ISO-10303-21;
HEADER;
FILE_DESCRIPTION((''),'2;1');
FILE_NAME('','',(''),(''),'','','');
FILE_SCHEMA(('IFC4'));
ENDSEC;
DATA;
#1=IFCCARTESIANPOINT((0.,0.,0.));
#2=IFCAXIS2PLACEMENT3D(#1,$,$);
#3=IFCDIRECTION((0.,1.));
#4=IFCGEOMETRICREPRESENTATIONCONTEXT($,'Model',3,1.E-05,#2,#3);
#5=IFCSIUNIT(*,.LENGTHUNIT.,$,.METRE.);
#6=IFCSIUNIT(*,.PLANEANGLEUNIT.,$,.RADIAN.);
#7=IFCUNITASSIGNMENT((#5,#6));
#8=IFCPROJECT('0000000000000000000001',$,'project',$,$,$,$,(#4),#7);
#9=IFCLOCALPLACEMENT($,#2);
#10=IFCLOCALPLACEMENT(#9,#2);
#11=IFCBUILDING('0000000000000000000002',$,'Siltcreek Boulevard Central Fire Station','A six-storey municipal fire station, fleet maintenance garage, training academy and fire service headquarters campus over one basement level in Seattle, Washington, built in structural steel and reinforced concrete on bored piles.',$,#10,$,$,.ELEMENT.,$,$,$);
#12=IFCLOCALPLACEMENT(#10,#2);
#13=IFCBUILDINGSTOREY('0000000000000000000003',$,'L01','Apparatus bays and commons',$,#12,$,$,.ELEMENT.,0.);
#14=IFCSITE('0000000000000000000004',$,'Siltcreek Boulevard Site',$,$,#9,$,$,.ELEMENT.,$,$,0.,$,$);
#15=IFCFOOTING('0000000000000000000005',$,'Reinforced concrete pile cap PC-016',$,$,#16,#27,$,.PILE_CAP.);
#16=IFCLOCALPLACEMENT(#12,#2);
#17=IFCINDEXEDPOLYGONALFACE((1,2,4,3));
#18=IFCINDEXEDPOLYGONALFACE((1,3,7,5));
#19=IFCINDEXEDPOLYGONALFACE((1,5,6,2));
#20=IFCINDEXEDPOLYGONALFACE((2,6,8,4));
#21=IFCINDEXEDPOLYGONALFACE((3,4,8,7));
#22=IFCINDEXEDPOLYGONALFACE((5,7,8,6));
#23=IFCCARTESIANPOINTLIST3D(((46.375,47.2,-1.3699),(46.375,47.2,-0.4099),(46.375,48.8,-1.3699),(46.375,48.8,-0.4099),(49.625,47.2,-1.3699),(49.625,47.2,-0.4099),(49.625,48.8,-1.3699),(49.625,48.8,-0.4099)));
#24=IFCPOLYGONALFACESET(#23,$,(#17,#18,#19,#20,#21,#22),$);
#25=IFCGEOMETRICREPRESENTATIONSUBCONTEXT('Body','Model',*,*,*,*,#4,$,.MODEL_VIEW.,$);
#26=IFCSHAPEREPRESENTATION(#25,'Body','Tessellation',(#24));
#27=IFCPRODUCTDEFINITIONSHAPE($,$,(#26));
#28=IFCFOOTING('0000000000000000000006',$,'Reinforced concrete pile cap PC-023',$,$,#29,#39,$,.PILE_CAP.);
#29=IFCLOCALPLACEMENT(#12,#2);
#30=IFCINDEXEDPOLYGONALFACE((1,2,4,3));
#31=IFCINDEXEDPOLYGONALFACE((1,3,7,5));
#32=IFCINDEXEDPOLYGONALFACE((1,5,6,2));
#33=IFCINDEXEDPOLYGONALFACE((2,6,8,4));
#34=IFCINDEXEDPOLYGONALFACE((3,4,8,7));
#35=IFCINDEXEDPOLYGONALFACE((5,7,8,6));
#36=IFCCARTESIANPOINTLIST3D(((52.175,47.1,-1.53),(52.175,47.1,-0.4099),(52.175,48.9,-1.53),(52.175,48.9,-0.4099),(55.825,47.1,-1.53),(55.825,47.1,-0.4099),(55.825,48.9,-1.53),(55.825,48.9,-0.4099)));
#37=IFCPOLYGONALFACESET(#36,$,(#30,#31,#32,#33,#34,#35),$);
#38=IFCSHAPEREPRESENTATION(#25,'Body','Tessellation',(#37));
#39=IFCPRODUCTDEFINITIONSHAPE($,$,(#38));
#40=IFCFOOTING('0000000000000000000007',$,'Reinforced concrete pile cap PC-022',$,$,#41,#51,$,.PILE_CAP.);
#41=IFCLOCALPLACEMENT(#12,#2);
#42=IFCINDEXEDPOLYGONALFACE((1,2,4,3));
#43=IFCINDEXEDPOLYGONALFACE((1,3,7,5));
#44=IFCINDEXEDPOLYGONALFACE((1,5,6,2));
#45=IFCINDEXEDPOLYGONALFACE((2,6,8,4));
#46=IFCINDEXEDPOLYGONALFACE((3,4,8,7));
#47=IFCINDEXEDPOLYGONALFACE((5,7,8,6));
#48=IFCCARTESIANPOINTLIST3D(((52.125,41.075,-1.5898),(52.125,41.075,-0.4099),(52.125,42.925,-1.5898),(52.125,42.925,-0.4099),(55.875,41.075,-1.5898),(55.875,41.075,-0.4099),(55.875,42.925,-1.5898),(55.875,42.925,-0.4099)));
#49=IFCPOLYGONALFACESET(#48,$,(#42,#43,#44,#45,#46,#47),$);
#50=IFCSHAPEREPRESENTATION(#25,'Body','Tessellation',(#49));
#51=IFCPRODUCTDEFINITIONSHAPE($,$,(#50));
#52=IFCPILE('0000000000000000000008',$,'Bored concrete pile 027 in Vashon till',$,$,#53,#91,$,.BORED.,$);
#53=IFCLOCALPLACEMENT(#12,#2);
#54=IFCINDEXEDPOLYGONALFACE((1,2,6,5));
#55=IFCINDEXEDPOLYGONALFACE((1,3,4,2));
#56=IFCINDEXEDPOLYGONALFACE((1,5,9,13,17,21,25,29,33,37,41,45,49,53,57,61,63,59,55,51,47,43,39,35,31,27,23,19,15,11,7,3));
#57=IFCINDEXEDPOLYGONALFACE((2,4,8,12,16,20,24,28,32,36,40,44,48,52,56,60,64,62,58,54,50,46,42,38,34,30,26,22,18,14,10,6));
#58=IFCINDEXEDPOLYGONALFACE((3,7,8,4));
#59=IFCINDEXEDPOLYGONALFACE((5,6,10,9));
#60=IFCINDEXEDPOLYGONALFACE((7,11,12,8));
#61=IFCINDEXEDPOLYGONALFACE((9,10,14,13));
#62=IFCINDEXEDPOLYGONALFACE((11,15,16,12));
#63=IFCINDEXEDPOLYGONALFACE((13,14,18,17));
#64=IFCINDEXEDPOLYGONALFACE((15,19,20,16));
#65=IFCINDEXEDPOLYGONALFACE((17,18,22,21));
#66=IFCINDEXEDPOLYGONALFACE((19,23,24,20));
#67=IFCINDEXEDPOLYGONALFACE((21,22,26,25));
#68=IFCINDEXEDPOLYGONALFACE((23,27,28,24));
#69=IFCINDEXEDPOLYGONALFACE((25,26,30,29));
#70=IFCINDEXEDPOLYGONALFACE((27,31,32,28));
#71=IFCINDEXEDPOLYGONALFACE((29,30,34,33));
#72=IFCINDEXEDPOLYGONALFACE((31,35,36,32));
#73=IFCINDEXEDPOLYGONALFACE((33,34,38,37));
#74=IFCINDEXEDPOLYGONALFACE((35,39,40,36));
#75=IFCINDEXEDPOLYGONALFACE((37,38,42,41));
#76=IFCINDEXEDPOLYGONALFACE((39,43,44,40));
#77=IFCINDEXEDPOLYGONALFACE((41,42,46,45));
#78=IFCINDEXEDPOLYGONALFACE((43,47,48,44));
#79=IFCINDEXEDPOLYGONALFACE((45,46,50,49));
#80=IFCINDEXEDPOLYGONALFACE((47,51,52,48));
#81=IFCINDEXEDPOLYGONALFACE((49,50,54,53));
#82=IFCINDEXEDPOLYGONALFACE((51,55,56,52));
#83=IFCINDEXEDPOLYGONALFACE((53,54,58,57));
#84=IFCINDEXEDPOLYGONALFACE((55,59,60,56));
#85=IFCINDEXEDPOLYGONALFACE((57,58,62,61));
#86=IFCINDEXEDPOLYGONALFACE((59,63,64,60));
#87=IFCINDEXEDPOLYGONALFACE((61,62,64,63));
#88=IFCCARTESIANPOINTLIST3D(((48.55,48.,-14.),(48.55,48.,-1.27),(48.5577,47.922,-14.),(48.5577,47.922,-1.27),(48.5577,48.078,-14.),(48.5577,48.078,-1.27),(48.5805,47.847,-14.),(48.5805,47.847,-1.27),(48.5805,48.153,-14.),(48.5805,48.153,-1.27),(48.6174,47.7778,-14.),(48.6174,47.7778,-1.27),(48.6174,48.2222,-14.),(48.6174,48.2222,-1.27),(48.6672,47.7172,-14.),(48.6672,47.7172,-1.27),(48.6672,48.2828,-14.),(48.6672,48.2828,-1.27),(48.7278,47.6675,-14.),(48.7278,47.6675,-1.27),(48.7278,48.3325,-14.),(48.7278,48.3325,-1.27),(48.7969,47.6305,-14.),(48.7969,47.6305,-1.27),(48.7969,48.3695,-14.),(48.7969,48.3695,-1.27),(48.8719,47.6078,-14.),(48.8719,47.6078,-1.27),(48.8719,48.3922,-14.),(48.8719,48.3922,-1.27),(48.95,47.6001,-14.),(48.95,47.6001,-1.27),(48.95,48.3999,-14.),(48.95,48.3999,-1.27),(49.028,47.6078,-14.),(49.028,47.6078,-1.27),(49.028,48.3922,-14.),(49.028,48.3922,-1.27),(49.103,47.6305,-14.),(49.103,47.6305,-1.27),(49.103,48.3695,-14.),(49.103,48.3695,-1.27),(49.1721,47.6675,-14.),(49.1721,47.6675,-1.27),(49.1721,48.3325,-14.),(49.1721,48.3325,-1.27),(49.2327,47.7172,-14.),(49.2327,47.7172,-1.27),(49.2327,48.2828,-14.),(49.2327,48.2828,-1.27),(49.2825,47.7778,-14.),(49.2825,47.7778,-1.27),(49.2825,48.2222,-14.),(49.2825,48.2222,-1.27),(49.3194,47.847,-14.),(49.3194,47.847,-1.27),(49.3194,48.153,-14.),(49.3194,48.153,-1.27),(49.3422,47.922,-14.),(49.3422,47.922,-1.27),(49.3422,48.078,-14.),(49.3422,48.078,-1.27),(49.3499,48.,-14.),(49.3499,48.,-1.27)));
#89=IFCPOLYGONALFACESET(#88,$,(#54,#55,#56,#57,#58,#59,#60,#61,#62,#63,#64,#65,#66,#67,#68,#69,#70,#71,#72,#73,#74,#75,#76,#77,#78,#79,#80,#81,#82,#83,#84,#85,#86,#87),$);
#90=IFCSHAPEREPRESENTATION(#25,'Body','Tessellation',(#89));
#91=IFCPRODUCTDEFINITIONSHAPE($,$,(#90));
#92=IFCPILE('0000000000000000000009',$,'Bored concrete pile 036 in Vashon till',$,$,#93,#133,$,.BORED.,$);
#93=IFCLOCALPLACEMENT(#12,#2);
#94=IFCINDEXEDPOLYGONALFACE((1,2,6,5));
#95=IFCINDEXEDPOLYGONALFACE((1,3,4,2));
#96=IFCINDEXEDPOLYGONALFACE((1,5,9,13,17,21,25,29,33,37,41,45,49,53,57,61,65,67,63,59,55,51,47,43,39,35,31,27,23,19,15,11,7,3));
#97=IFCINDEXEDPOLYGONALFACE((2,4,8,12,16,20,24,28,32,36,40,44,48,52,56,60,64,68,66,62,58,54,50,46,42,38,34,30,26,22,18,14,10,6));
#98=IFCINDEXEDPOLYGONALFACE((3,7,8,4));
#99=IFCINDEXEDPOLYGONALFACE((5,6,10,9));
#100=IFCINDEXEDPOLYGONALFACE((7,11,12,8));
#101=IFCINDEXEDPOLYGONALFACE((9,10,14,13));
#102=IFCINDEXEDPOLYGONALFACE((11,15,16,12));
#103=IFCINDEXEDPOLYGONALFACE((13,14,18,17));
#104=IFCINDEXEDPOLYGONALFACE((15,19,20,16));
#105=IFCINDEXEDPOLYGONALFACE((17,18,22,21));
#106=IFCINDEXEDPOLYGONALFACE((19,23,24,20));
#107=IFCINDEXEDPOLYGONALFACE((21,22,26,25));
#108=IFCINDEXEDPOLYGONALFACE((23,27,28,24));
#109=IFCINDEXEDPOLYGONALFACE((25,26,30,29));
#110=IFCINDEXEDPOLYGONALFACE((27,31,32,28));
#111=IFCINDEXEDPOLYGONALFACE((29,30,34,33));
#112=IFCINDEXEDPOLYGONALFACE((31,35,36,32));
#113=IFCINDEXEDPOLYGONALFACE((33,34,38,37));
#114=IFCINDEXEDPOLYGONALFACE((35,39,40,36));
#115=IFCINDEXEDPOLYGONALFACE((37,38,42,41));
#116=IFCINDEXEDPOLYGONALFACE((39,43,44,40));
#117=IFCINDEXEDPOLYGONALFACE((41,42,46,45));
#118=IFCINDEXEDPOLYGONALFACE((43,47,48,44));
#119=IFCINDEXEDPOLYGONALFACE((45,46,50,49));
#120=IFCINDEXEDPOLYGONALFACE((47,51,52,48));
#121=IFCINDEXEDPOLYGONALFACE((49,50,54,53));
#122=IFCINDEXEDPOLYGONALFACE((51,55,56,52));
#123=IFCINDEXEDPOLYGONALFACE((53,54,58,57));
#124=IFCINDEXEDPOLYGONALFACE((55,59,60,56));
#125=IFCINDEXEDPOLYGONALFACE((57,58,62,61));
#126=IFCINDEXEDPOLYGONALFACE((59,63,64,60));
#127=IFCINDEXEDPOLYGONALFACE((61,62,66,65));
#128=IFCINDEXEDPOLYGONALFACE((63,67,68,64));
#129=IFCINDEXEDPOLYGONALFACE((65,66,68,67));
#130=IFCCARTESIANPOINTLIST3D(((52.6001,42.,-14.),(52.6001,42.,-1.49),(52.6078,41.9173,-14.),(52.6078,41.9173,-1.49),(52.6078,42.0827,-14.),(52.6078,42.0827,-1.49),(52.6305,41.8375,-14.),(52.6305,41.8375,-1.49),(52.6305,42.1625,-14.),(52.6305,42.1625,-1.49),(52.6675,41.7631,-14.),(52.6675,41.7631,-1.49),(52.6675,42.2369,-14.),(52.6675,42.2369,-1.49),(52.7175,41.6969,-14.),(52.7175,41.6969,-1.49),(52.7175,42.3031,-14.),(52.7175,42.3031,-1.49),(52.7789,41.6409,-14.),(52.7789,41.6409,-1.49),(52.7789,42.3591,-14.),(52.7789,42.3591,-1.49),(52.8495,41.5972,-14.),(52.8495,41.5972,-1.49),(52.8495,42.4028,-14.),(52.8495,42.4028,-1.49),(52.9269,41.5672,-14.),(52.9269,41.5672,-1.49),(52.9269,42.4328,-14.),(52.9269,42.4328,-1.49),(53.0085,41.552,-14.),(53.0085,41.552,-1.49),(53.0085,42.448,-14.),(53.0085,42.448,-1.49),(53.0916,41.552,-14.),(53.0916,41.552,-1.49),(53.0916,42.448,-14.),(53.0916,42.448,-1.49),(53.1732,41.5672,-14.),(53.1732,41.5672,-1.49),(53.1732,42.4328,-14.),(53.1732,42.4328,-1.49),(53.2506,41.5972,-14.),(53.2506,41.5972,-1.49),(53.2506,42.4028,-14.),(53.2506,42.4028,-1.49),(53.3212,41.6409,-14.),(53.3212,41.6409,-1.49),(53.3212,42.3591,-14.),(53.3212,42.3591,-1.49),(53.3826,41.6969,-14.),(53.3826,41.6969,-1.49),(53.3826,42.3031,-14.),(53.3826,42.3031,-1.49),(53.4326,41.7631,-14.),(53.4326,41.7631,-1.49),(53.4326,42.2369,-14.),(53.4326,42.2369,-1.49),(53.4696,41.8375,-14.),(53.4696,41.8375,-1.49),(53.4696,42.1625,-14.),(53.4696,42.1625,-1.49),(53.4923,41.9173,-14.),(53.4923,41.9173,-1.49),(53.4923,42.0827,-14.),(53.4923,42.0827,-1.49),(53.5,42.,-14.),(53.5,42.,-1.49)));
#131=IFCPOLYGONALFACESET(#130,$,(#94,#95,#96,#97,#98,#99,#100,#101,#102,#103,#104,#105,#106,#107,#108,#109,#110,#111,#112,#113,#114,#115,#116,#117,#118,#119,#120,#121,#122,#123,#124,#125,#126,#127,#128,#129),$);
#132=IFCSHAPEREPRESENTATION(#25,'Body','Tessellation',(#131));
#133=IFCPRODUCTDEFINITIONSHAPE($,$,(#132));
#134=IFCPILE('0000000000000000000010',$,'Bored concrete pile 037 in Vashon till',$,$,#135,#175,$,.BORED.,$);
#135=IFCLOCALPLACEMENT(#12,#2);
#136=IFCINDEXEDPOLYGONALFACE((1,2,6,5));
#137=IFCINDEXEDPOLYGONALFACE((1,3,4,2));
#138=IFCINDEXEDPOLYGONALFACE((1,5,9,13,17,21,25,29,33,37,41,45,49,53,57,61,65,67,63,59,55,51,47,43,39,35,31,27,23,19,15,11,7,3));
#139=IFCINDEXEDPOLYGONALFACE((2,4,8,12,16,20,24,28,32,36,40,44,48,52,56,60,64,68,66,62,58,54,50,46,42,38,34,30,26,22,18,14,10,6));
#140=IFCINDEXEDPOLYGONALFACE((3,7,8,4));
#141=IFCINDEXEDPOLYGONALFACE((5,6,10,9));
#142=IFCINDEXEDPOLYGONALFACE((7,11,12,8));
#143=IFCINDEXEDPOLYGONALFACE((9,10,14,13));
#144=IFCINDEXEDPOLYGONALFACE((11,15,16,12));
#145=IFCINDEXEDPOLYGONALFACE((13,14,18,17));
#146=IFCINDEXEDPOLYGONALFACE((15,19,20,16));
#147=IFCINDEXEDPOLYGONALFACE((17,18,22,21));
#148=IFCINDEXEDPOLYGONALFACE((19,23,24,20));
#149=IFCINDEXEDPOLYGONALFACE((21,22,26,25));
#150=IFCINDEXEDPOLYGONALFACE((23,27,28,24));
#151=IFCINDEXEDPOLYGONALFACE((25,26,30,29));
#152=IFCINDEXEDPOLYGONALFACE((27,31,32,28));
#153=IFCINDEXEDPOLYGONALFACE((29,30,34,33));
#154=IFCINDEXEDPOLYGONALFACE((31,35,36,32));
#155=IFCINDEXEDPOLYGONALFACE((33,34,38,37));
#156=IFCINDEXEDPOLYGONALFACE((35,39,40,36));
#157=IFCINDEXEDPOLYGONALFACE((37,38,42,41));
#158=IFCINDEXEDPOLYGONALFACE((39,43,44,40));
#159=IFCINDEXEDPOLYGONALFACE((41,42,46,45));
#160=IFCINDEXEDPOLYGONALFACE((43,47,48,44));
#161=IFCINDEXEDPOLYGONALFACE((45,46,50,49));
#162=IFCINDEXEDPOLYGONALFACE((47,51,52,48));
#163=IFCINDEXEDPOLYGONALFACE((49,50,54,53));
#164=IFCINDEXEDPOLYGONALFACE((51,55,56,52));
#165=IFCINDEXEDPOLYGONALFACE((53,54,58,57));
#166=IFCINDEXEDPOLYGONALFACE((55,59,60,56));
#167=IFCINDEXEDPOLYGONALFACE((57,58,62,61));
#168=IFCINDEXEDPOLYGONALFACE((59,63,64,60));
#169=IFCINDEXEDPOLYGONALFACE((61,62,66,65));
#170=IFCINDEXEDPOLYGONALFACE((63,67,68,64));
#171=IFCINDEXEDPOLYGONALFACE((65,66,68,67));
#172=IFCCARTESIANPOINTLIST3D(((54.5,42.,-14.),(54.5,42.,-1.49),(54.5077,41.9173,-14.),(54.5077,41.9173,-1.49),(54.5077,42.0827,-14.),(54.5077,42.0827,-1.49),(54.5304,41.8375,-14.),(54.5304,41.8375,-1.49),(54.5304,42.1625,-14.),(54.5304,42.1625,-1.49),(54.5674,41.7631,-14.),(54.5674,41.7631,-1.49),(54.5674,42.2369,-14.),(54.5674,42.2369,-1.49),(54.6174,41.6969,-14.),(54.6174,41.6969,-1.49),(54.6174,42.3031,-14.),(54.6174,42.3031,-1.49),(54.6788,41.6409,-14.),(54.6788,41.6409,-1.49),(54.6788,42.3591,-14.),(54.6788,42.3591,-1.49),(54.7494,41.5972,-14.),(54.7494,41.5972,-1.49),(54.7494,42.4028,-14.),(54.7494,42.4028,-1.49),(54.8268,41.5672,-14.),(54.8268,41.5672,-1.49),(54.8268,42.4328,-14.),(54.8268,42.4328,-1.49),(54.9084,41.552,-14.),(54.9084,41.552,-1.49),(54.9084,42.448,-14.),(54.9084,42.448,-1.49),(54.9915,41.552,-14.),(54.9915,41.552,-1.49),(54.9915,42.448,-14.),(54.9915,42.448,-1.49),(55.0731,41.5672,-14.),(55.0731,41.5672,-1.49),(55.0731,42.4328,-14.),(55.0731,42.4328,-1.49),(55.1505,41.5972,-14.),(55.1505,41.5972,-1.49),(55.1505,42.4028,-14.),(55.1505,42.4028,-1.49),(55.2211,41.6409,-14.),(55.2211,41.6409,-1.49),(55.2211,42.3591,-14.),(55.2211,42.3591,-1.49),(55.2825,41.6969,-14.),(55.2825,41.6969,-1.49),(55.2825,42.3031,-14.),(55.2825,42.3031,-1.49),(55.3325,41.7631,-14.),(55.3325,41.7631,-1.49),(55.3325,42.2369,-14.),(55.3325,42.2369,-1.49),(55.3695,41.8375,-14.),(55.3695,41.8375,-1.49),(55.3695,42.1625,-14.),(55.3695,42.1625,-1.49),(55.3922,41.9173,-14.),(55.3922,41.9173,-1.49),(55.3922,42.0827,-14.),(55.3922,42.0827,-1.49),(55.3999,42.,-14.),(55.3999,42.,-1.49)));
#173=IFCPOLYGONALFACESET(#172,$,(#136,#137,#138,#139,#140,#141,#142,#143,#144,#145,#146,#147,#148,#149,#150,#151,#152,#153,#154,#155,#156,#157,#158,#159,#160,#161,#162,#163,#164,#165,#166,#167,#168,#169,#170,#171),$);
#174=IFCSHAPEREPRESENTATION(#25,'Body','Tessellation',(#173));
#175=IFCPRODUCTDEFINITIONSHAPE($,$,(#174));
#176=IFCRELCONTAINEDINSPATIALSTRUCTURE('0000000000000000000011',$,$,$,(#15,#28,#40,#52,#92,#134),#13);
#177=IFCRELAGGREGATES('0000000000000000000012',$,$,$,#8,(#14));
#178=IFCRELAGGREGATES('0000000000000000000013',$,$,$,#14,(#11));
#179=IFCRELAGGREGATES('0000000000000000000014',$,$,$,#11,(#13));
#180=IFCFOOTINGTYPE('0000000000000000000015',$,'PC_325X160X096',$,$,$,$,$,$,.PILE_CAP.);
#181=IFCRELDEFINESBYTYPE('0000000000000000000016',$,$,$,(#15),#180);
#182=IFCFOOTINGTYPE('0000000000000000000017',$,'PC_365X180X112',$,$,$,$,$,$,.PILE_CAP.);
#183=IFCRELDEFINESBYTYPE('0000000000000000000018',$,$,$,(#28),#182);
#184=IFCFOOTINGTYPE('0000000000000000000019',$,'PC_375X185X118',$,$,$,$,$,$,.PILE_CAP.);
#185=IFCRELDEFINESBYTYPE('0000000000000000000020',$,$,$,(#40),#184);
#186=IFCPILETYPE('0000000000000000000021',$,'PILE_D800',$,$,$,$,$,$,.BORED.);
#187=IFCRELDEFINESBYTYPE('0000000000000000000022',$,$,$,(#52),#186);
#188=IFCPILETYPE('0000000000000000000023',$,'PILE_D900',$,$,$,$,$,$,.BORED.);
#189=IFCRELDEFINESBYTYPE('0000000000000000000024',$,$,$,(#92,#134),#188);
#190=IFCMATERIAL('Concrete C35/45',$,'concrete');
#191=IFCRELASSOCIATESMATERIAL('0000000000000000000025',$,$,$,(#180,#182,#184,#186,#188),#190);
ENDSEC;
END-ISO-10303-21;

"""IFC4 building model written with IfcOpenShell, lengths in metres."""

from ifc_helpers import new_model, si_unit, direction, frame, origin, origin_2d, place, context, subcontext, project, spatial, rectangle, circle, extrude, material, material_profile, profile_set, type_object, element, save


model = new_model("IFC4")

# Units and contexts
model_context = context("Model", 3, precision=1e-05, world=origin(), true_north=direction((0.0, 1.0)))
body_context = subcontext(model_context, "Body", "Model", "MODEL_VIEW")
ifc_project = project(units=[si_unit("LENGTHUNIT", "METRE"), si_unit("PLANEANGLEUNIT", "RADIAN")], contexts=[model_context])

# Site, building, storey
site_placement = place(None, origin())
site = spatial("IfcSite", under=ifc_project, at=site_placement, Name="Siltcreek Boulevard Site", CompositionType="ELEMENT", RefElevation=0.0)
building_placement = place(site_placement, origin())
building = spatial("IfcBuilding", under=site, at=building_placement, Name="Siltcreek Boulevard Central Fire Station", Description="A six-storey municipal fire station, fleet maintenance garage, training academy and fire service headquarters campus over one basement level in Seattle, Washington, built in structural steel and reinforced concrete on bored piles.", CompositionType="ELEMENT")
storey_placement = place(building_placement, origin())
storey = spatial("IfcBuildingStorey", under=building, at=storey_placement, Name="L01", Description="Apparatus bays and commons", CompositionType="ELEMENT", Elevation=0.0)

# Footings
ifc_material_1 = material(Name="Concrete C35/45", Category="concrete")
footing_type_1 = type_object("IfcFootingType", Name="PC_325X160X096", PredefinedType="PILE_CAP", material=ifc_material_1)
footing_1_placement = place(storey_placement, frame((48.0, 48.0, -1.3699), z_axis=(0.0, 0.0, 1.0), x_axis=(1.0, 0.0, 0.0)))
element("IfcFooting", 1, at=footing_1_placement, inside=storey, type_object=footing_type_1, Name="Reinforced concrete pile cap PC-016", PredefinedType="PILE_CAP", context=body_context, shape_type="SweptSolid", body=[
    extrude(rectangle(XDim=3.25, YDim=1.6001, at=origin_2d()), origin(), (0.0, 0.0, 1.0), 0.96),
])
footing_type_2 = type_object("IfcFootingType", Name="PC_365X180X112", PredefinedType="PILE_CAP", material=ifc_material_1)
footing_2_placement = place(storey_placement, frame((54.0, 48.0, -1.53), z_axis=(0.0, 0.0, 1.0), x_axis=(1.0, 0.0, 0.0)))
element("IfcFooting", 2, at=footing_2_placement, inside=storey, type_object=footing_type_2, Name="Reinforced concrete pile cap PC-023", PredefinedType="PILE_CAP", context=body_context, shape_type="SweptSolid", body=[
    extrude(rectangle(XDim=3.6499, YDim=1.8, at=origin_2d()), origin(), (0.0, 0.0, 1.0), 1.1201),
])
footing_type_3 = type_object("IfcFootingType", Name="PC_375X185X118", PredefinedType="PILE_CAP", material=ifc_material_1)
footing_3_placement = place(storey_placement, frame((54.0, 42.0, -1.5898), z_axis=(0.0, 0.0, 1.0), x_axis=(1.0, 0.0, 0.0)))
element("IfcFooting", 3, at=footing_3_placement, inside=storey, type_object=footing_type_3, Name="Reinforced concrete pile cap PC-022", PredefinedType="PILE_CAP", context=body_context, shape_type="SweptSolid", body=[
    extrude(rectangle(XDim=3.75, YDim=1.8501, at=origin_2d()), origin(), (0.0, 0.0, 1.0), 1.1799),
])

# Piles
ifc_material_profile_1 = material_profile(ifc_material_1, circle(Radius=0.3999, at=origin_2d()), Name="SHAFT800")
ifc_profile_set_1 = profile_set([ifc_material_profile_1], Name="Concrete C35/45")
pile_type_1 = type_object("IfcPileType", Name="PILE_D800", PredefinedType="BORED", material=ifc_profile_set_1)
pile_placement = place(storey_placement, frame((48.95, 48.0, -1.27), z_axis=(0.0, 0.0, -1.0), x_axis=(1.0, 0.0, 0.0)))
element("IfcPile", 4, at=pile_placement, inside=storey, type_object=pile_type_1, Name="Bored concrete pile 027 in Vashon till", PredefinedType="BORED", context=body_context, shape_type="SweptSolid", body=[
    extrude(circle(Radius=0.3999, at=origin_2d()), origin(), (0.0, 0.0, 1.0), 12.73),
])
ifc_material_profile_2 = material_profile(ifc_material_1, circle(Radius=0.45, at=origin_2d()), Name="SHAFT900")
ifc_profile_set_2 = profile_set([ifc_material_profile_2], Name="Concrete C35/45")
pile_type_2 = type_object("IfcPileType", Name="PILE_D900", PredefinedType="BORED", material=ifc_profile_set_2)
for number, where, z_axis, x_axis, name in (
    (5, (53.05, 42.0, -1.49), (0.0, 0.0, -1.0), (1.0, 0.0, 0.0), "Bored concrete pile 036 in Vashon till"),
    (6, (54.95, 42.0, -1.49), (0.0, 0.0, -1.0), (1.0, 0.0, 0.0), "Bored concrete pile 037 in Vashon till"),
):
    element("IfcPile", number, at=place(storey_placement, frame(where, z_axis=z_axis, x_axis=x_axis)), inside=storey, type_object=pile_type_2, Name=name, PredefinedType="BORED", context=body_context, shape_type="SweptSolid", body=[
        extrude(circle(Radius=0.45, at=origin_2d()), origin(), (0.0, 0.0, 1.0), 12.51),
    ])

save(model, "model.ifc")
